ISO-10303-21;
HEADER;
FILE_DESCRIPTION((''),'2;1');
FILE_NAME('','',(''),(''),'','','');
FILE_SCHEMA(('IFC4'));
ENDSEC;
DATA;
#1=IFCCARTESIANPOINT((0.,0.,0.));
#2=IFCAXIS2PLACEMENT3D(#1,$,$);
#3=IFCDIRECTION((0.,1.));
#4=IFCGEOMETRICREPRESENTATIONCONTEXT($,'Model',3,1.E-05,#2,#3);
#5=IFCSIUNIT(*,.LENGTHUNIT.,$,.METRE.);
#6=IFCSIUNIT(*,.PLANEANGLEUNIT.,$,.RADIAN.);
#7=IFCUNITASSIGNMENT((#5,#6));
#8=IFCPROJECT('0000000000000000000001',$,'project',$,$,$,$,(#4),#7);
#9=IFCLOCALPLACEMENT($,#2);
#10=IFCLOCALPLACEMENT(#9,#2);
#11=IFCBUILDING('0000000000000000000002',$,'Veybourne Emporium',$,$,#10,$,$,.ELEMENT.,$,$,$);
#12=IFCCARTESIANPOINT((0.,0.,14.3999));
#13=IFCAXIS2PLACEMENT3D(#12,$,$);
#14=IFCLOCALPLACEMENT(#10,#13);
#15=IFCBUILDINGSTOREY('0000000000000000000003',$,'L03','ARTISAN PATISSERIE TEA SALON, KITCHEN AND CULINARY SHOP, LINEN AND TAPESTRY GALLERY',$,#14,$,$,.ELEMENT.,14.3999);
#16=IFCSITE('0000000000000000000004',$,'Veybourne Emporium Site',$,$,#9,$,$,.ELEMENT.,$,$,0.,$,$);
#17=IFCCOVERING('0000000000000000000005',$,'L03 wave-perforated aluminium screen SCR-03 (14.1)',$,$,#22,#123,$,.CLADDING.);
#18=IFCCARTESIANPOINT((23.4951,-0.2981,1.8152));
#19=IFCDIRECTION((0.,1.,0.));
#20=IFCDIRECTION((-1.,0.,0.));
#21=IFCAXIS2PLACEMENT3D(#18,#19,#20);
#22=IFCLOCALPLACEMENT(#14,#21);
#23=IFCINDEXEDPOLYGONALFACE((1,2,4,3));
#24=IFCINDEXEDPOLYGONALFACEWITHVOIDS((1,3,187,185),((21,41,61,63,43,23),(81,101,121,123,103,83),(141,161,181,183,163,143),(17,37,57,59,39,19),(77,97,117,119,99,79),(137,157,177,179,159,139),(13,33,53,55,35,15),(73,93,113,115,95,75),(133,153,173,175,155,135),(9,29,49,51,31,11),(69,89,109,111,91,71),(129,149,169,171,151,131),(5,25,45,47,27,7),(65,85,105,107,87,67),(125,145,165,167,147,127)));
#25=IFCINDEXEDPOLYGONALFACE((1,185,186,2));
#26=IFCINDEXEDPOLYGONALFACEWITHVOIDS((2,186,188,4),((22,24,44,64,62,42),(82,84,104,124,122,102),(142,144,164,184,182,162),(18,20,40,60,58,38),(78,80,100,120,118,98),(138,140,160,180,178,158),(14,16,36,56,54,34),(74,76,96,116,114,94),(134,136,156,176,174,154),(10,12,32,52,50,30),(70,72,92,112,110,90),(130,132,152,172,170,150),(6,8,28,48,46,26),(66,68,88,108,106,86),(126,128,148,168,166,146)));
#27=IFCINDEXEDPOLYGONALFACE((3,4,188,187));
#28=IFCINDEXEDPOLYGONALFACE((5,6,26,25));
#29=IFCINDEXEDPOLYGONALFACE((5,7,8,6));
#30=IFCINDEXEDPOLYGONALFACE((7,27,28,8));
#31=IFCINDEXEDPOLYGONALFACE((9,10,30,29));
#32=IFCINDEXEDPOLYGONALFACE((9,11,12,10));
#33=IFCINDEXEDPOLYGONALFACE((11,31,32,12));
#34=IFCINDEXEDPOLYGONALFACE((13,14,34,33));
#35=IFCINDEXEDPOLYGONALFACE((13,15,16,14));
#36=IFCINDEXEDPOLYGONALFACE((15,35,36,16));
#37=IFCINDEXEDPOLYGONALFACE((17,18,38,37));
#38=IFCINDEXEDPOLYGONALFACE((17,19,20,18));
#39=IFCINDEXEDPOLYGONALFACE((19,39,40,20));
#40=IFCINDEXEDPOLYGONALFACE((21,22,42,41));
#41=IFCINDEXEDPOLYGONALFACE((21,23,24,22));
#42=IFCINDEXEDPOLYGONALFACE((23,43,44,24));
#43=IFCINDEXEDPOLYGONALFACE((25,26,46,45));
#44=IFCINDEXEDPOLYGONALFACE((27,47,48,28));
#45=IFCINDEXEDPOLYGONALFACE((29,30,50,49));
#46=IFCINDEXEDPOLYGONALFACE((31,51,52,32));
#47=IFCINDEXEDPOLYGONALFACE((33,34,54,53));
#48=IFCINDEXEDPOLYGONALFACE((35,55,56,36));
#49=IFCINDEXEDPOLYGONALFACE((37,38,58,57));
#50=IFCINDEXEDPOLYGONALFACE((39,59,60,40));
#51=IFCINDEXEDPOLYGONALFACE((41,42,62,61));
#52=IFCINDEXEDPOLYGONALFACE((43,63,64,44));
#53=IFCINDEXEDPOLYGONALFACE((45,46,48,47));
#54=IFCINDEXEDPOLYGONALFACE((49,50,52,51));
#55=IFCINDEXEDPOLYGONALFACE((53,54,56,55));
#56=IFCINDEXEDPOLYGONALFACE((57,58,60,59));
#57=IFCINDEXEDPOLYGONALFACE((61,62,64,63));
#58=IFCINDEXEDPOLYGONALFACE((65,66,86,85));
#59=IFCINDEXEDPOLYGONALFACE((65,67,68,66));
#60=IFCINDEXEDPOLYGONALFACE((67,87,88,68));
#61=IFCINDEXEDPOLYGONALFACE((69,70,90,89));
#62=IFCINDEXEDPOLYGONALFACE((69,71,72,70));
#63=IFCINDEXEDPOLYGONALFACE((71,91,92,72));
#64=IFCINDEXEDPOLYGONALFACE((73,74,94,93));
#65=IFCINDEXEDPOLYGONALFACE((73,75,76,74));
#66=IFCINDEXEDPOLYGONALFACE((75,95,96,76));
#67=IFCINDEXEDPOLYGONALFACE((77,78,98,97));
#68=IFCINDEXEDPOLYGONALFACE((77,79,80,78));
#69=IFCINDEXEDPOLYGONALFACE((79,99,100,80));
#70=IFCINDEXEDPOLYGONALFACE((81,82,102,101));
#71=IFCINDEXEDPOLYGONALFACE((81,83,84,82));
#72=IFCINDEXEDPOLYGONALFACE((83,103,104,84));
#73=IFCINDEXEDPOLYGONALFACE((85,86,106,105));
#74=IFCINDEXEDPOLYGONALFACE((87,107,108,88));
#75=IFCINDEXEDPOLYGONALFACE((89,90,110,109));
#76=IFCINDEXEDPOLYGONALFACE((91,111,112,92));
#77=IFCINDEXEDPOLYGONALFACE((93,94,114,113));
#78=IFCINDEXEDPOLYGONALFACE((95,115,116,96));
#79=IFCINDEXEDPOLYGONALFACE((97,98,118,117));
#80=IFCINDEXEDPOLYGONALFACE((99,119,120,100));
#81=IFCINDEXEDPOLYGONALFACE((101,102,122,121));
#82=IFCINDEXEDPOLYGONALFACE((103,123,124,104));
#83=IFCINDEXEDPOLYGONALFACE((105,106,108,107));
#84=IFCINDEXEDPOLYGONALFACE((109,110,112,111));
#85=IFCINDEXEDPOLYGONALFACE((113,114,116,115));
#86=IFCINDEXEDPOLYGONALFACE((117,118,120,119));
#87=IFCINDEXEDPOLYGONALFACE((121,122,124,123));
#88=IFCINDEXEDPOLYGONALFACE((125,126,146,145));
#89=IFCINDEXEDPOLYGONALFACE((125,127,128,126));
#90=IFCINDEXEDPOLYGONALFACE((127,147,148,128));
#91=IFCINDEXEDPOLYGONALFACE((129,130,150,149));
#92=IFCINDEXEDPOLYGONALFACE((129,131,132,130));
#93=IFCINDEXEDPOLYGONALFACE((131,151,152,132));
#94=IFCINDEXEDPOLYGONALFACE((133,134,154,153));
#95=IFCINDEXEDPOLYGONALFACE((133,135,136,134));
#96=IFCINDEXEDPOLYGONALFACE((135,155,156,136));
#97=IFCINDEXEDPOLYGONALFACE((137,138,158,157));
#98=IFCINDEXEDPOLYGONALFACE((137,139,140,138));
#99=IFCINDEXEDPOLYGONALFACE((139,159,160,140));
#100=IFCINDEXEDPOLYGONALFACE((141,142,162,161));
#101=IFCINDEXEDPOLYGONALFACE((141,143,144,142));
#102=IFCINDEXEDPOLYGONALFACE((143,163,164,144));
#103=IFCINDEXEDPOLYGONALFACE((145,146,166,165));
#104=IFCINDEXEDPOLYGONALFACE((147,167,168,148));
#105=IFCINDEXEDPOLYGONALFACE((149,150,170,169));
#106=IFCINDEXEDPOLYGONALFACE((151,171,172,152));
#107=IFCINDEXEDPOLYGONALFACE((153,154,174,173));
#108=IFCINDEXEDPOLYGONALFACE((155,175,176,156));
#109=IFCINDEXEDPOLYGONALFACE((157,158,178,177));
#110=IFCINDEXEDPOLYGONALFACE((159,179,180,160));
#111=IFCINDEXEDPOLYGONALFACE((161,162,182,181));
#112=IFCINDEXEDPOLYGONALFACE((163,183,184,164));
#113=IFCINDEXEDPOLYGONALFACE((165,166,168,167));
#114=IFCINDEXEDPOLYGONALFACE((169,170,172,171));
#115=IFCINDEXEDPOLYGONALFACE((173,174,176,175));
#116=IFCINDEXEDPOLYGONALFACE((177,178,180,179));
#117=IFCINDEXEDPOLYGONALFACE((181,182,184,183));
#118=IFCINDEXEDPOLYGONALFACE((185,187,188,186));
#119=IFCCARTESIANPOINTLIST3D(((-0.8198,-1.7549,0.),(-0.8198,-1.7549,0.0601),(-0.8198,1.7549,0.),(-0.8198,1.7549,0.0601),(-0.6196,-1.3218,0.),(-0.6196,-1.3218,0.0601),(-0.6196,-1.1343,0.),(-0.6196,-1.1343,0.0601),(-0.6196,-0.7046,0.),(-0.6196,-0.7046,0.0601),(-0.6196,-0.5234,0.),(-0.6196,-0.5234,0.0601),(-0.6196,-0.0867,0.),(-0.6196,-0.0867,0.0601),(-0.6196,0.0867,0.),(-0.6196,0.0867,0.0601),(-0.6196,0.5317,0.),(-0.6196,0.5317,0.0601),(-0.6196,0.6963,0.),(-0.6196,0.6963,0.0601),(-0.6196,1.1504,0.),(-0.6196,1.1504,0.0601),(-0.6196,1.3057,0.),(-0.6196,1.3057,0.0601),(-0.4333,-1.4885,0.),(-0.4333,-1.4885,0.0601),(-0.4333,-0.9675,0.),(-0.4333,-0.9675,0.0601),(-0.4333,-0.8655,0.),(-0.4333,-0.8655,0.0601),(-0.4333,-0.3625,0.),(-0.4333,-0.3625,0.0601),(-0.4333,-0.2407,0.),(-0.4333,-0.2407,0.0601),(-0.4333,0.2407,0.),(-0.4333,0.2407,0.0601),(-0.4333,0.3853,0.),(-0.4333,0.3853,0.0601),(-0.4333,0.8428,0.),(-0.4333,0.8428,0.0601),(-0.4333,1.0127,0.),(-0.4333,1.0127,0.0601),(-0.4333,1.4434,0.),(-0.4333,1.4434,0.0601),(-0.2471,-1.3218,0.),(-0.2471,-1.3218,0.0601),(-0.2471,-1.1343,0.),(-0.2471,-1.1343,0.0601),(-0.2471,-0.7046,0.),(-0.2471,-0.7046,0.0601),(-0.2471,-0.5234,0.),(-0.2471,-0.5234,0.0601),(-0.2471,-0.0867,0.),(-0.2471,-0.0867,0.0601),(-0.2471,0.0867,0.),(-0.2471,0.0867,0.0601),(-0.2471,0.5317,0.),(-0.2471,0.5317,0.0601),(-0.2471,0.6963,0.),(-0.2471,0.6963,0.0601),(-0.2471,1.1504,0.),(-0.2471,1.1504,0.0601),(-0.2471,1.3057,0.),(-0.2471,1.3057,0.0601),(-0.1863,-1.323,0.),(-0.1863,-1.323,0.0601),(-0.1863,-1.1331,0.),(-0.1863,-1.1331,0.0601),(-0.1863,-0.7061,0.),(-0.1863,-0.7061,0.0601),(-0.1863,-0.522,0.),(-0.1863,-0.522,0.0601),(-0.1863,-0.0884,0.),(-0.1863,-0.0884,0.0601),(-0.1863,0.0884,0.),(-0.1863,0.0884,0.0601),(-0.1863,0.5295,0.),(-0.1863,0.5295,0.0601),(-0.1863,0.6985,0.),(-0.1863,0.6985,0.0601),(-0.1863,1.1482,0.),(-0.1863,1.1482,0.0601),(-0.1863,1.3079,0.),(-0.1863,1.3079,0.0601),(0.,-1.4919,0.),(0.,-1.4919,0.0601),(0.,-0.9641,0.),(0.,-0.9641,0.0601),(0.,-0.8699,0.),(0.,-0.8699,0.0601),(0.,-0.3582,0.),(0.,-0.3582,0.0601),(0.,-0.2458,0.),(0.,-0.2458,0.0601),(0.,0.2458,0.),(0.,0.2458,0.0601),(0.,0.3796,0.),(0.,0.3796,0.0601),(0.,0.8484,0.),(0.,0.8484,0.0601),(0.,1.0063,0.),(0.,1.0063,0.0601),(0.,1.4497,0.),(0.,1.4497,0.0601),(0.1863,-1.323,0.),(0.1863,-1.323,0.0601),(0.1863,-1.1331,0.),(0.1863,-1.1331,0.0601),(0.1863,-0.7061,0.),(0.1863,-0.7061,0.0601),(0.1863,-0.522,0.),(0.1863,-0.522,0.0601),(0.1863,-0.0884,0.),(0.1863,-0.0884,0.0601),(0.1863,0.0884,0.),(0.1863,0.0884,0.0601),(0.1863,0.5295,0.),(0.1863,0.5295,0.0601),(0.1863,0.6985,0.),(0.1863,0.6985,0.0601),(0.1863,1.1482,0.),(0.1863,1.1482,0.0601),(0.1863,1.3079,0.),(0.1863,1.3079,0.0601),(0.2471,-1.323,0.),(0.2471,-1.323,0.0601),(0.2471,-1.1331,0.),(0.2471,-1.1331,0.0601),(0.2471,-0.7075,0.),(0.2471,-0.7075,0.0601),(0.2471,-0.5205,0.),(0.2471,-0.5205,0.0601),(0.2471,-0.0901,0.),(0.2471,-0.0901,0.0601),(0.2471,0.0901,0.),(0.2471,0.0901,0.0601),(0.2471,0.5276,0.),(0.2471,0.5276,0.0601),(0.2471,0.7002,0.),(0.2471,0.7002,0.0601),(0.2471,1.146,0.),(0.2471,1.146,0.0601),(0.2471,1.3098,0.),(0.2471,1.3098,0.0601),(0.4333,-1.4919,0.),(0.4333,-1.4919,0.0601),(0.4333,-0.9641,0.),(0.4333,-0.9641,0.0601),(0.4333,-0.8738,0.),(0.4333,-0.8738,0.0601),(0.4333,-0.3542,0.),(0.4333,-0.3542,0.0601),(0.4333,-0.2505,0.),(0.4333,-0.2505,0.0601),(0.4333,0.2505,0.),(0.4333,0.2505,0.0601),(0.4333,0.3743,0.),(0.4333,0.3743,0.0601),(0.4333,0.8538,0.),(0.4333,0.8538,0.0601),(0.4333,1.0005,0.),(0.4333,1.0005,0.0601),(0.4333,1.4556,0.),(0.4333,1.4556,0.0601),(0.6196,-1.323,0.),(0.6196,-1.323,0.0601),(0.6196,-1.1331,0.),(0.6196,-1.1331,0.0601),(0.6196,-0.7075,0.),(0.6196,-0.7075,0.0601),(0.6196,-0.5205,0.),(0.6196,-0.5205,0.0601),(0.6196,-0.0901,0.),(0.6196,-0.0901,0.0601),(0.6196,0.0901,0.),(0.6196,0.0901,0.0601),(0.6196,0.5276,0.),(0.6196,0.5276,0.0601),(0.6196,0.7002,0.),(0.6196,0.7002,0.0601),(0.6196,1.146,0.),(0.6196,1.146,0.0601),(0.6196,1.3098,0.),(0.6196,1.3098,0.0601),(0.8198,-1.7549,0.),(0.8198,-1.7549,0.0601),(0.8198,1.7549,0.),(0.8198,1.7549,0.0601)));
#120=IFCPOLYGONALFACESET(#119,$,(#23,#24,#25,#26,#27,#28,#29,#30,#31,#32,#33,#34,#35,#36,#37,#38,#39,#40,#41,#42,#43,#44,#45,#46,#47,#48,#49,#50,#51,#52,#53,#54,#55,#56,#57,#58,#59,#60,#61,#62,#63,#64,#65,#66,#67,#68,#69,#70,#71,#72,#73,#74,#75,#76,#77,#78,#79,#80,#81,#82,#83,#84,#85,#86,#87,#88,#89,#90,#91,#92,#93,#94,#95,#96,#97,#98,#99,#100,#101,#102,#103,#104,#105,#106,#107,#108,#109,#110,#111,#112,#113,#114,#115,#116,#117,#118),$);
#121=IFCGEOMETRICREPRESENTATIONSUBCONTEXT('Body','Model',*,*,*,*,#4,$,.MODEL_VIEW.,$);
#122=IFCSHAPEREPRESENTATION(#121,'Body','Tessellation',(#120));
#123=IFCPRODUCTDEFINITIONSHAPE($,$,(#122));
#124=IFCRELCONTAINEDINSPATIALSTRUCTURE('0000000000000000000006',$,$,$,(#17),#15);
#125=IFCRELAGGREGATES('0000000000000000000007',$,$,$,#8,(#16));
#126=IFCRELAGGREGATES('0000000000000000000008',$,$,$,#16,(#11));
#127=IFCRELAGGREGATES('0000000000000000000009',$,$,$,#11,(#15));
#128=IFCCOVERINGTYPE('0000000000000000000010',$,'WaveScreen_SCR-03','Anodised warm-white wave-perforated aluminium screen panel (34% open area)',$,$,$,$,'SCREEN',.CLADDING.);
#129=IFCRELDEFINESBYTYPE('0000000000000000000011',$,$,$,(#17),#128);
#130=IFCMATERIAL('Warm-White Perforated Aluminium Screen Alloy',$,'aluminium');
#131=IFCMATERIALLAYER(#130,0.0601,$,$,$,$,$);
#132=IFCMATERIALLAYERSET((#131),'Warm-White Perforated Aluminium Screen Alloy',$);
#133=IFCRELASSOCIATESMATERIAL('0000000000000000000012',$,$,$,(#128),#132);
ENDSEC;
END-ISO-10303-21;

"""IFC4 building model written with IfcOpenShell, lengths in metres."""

from ifc_helpers import new_model, si_unit, direction, frame, origin, place, context, subcontext, project, spatial, polyline, outline, extrude, material, layer, layer_set, type_object, element, save


model = new_model("IFC4")

# Units and contexts
model_context = context("Model", 3, precision=1e-05, world=origin(), true_north=direction((0.0, 1.0)))
body_context = subcontext(model_context, "Body", "Model", "MODEL_VIEW")
ifc_project = project(units=[si_unit("LENGTHUNIT", "METRE"), si_unit("PLANEANGLEUNIT", "RADIAN")], contexts=[model_context])

# Site, building, storey
site_placement = place(None, origin())
site = spatial("IfcSite", under=ifc_project, at=site_placement, Name="Veybourne Emporium Site", CompositionType="ELEMENT", RefElevation=0.0)
building_placement = place(site_placement, origin())
building = spatial("IfcBuilding", under=site, at=building_placement, Name="Veybourne Emporium", CompositionType="ELEMENT")
storey_placement = place(building_placement, frame((0.0, 0.0, 14.3999)))
storey = spatial("IfcBuildingStorey", under=building, at=storey_placement, Name="L03", Description="ARTISAN PATISSERIE TEA SALON, KITCHEN AND CULINARY SHOP, LINEN AND TAPESTRY GALLERY", CompositionType="ELEMENT", Elevation=14.3999)

# Covering
ifc_material_1 = material(Name="Warm-White Perforated Aluminium Screen Alloy", Category="aluminium")
ifc_layer_1 = layer(ifc_material_1, 0.0601)
ifc_layer_set_1 = layer_set([ifc_layer_1], Name="Warm-White Perforated Aluminium Screen Alloy")
covering_type_1 = type_object("IfcCoveringType", Name="WaveScreen_SCR-03", Description="Anodised warm-white wave-perforated aluminium screen panel (34% open area)", ElementType="SCREEN", PredefinedType="CLADDING", material=ifc_layer_set_1)
covering_1_placement = place(storey_placement, frame((23.4951, -0.2981, 1.8152), z_axis=(0.0, 1.0, 0.0), x_axis=(-1.0, 0.0, 0.0)))
element("IfcCovering", 1, at=covering_1_placement, inside=storey, type_object=covering_type_1, Name="L03 wave-perforated aluminium screen SCR-03 (14.1)", PredefinedType="CLADDING", context=body_context, shape_type="SweptSolid", body=[
    extrude(outline(polyline([(-0.8198, -1.7549), (0.8198, -1.7549), (0.8198, 1.7549), (-0.8198, 1.7549), (-0.8198, -1.7549)]), holes=[polyline([(-0.4333, -0.9675), (-0.2471, -1.1343), (-0.2471, -1.3218), (-0.4333, -1.4885), (-0.6196, -1.3218), (-0.6196, -1.1343), (-0.4333, -0.9675)]), polyline([(-0.4333, -0.3625), (-0.2471, -0.5234), (-0.2471, -0.7046), (-0.4333, -0.8655), (-0.6196, -0.7046), (-0.6196, -0.5234), (-0.4333, -0.3625)]), polyline([(-0.4333, 0.2407), (-0.2471, 0.0867), (-0.2471, -0.0867), (-0.4333, -0.2407), (-0.6196, -0.0867), (-0.6196, 0.0867), (-0.4333, 0.2407)]), polyline([(-0.4333, 0.8428), (-0.2471, 0.6963), (-0.2471, 0.5317), (-0.4333, 0.3853), (-0.6196, 0.5317), (-0.6196, 0.6963), (-0.4333, 0.8428)]), polyline([(-0.4333, 1.4434), (-0.2471, 1.3057), (-0.2471, 1.1504), (-0.4333, 1.0127), (-0.6196, 1.1504), (-0.6196, 1.3057), (-0.4333, 1.4434)]), polyline([(0.0, -0.9641), (0.1863, -1.1331), (0.1863, -1.323), (0.0, -1.4919), (-0.1863, -1.323), (-0.1863, -1.1331), (0.0, -0.9641)]), polyline([(0.0, -0.3582), (0.1863, -0.522), (0.1863, -0.7061), (0.0, -0.8699), (-0.1863, -0.7061), (-0.1863, -0.522), (0.0, -0.3582)]), polyline([(0.0, 0.2458), (0.1863, 0.0884), (0.1863, -0.0884), (0.0, -0.2458), (-0.1863, -0.0884), (-0.1863, 0.0884), (0.0, 0.2458)]), polyline([(0.0, 0.8484), (0.1863, 0.6985), (0.1863, 0.5295), (0.0, 0.3796), (-0.1863, 0.5295), (-0.1863, 0.6985), (0.0, 0.8484)]), polyline([(0.0, 1.4497), (0.1863, 1.3079), (0.1863, 1.1482), (0.0, 1.0063), (-0.1863, 1.1482), (-0.1863, 1.3079), (0.0, 1.4497)]), polyline([(0.4333, -0.9641), (0.6196, -1.1331), (0.6196, -1.323), (0.4333, -1.4919), (0.2471, -1.323), (0.2471, -1.1331), (0.4333, -0.9641)]), polyline([(0.4333, -0.3542), (0.6196, -0.5205), (0.6196, -0.7075), (0.4333, -0.8738), (0.2471, -0.7075), (0.2471, -0.5205), (0.4333, -0.3542)]), polyline([(0.4333, 0.2505), (0.6196, 0.0901), (0.6196, -0.0901), (0.4333, -0.2505), (0.2471, -0.0901), (0.2471, 0.0901), (0.4333, 0.2505)]), polyline([(0.4333, 0.8538), (0.6196, 0.7002), (0.6196, 0.5276), (0.4333, 0.3743), (0.2471, 0.5276), (0.2471, 0.7002), (0.4333, 0.8538)]), polyline([(0.4333, 1.4556), (0.6196, 1.3098), (0.6196, 1.146), (0.4333, 1.0005), (0.2471, 1.146), (0.2471, 1.3098), (0.4333, 1.4556)])]), origin(), (0.0, 0.0, 1.0), 0.0601),
])

save(model, "model.ifc")
